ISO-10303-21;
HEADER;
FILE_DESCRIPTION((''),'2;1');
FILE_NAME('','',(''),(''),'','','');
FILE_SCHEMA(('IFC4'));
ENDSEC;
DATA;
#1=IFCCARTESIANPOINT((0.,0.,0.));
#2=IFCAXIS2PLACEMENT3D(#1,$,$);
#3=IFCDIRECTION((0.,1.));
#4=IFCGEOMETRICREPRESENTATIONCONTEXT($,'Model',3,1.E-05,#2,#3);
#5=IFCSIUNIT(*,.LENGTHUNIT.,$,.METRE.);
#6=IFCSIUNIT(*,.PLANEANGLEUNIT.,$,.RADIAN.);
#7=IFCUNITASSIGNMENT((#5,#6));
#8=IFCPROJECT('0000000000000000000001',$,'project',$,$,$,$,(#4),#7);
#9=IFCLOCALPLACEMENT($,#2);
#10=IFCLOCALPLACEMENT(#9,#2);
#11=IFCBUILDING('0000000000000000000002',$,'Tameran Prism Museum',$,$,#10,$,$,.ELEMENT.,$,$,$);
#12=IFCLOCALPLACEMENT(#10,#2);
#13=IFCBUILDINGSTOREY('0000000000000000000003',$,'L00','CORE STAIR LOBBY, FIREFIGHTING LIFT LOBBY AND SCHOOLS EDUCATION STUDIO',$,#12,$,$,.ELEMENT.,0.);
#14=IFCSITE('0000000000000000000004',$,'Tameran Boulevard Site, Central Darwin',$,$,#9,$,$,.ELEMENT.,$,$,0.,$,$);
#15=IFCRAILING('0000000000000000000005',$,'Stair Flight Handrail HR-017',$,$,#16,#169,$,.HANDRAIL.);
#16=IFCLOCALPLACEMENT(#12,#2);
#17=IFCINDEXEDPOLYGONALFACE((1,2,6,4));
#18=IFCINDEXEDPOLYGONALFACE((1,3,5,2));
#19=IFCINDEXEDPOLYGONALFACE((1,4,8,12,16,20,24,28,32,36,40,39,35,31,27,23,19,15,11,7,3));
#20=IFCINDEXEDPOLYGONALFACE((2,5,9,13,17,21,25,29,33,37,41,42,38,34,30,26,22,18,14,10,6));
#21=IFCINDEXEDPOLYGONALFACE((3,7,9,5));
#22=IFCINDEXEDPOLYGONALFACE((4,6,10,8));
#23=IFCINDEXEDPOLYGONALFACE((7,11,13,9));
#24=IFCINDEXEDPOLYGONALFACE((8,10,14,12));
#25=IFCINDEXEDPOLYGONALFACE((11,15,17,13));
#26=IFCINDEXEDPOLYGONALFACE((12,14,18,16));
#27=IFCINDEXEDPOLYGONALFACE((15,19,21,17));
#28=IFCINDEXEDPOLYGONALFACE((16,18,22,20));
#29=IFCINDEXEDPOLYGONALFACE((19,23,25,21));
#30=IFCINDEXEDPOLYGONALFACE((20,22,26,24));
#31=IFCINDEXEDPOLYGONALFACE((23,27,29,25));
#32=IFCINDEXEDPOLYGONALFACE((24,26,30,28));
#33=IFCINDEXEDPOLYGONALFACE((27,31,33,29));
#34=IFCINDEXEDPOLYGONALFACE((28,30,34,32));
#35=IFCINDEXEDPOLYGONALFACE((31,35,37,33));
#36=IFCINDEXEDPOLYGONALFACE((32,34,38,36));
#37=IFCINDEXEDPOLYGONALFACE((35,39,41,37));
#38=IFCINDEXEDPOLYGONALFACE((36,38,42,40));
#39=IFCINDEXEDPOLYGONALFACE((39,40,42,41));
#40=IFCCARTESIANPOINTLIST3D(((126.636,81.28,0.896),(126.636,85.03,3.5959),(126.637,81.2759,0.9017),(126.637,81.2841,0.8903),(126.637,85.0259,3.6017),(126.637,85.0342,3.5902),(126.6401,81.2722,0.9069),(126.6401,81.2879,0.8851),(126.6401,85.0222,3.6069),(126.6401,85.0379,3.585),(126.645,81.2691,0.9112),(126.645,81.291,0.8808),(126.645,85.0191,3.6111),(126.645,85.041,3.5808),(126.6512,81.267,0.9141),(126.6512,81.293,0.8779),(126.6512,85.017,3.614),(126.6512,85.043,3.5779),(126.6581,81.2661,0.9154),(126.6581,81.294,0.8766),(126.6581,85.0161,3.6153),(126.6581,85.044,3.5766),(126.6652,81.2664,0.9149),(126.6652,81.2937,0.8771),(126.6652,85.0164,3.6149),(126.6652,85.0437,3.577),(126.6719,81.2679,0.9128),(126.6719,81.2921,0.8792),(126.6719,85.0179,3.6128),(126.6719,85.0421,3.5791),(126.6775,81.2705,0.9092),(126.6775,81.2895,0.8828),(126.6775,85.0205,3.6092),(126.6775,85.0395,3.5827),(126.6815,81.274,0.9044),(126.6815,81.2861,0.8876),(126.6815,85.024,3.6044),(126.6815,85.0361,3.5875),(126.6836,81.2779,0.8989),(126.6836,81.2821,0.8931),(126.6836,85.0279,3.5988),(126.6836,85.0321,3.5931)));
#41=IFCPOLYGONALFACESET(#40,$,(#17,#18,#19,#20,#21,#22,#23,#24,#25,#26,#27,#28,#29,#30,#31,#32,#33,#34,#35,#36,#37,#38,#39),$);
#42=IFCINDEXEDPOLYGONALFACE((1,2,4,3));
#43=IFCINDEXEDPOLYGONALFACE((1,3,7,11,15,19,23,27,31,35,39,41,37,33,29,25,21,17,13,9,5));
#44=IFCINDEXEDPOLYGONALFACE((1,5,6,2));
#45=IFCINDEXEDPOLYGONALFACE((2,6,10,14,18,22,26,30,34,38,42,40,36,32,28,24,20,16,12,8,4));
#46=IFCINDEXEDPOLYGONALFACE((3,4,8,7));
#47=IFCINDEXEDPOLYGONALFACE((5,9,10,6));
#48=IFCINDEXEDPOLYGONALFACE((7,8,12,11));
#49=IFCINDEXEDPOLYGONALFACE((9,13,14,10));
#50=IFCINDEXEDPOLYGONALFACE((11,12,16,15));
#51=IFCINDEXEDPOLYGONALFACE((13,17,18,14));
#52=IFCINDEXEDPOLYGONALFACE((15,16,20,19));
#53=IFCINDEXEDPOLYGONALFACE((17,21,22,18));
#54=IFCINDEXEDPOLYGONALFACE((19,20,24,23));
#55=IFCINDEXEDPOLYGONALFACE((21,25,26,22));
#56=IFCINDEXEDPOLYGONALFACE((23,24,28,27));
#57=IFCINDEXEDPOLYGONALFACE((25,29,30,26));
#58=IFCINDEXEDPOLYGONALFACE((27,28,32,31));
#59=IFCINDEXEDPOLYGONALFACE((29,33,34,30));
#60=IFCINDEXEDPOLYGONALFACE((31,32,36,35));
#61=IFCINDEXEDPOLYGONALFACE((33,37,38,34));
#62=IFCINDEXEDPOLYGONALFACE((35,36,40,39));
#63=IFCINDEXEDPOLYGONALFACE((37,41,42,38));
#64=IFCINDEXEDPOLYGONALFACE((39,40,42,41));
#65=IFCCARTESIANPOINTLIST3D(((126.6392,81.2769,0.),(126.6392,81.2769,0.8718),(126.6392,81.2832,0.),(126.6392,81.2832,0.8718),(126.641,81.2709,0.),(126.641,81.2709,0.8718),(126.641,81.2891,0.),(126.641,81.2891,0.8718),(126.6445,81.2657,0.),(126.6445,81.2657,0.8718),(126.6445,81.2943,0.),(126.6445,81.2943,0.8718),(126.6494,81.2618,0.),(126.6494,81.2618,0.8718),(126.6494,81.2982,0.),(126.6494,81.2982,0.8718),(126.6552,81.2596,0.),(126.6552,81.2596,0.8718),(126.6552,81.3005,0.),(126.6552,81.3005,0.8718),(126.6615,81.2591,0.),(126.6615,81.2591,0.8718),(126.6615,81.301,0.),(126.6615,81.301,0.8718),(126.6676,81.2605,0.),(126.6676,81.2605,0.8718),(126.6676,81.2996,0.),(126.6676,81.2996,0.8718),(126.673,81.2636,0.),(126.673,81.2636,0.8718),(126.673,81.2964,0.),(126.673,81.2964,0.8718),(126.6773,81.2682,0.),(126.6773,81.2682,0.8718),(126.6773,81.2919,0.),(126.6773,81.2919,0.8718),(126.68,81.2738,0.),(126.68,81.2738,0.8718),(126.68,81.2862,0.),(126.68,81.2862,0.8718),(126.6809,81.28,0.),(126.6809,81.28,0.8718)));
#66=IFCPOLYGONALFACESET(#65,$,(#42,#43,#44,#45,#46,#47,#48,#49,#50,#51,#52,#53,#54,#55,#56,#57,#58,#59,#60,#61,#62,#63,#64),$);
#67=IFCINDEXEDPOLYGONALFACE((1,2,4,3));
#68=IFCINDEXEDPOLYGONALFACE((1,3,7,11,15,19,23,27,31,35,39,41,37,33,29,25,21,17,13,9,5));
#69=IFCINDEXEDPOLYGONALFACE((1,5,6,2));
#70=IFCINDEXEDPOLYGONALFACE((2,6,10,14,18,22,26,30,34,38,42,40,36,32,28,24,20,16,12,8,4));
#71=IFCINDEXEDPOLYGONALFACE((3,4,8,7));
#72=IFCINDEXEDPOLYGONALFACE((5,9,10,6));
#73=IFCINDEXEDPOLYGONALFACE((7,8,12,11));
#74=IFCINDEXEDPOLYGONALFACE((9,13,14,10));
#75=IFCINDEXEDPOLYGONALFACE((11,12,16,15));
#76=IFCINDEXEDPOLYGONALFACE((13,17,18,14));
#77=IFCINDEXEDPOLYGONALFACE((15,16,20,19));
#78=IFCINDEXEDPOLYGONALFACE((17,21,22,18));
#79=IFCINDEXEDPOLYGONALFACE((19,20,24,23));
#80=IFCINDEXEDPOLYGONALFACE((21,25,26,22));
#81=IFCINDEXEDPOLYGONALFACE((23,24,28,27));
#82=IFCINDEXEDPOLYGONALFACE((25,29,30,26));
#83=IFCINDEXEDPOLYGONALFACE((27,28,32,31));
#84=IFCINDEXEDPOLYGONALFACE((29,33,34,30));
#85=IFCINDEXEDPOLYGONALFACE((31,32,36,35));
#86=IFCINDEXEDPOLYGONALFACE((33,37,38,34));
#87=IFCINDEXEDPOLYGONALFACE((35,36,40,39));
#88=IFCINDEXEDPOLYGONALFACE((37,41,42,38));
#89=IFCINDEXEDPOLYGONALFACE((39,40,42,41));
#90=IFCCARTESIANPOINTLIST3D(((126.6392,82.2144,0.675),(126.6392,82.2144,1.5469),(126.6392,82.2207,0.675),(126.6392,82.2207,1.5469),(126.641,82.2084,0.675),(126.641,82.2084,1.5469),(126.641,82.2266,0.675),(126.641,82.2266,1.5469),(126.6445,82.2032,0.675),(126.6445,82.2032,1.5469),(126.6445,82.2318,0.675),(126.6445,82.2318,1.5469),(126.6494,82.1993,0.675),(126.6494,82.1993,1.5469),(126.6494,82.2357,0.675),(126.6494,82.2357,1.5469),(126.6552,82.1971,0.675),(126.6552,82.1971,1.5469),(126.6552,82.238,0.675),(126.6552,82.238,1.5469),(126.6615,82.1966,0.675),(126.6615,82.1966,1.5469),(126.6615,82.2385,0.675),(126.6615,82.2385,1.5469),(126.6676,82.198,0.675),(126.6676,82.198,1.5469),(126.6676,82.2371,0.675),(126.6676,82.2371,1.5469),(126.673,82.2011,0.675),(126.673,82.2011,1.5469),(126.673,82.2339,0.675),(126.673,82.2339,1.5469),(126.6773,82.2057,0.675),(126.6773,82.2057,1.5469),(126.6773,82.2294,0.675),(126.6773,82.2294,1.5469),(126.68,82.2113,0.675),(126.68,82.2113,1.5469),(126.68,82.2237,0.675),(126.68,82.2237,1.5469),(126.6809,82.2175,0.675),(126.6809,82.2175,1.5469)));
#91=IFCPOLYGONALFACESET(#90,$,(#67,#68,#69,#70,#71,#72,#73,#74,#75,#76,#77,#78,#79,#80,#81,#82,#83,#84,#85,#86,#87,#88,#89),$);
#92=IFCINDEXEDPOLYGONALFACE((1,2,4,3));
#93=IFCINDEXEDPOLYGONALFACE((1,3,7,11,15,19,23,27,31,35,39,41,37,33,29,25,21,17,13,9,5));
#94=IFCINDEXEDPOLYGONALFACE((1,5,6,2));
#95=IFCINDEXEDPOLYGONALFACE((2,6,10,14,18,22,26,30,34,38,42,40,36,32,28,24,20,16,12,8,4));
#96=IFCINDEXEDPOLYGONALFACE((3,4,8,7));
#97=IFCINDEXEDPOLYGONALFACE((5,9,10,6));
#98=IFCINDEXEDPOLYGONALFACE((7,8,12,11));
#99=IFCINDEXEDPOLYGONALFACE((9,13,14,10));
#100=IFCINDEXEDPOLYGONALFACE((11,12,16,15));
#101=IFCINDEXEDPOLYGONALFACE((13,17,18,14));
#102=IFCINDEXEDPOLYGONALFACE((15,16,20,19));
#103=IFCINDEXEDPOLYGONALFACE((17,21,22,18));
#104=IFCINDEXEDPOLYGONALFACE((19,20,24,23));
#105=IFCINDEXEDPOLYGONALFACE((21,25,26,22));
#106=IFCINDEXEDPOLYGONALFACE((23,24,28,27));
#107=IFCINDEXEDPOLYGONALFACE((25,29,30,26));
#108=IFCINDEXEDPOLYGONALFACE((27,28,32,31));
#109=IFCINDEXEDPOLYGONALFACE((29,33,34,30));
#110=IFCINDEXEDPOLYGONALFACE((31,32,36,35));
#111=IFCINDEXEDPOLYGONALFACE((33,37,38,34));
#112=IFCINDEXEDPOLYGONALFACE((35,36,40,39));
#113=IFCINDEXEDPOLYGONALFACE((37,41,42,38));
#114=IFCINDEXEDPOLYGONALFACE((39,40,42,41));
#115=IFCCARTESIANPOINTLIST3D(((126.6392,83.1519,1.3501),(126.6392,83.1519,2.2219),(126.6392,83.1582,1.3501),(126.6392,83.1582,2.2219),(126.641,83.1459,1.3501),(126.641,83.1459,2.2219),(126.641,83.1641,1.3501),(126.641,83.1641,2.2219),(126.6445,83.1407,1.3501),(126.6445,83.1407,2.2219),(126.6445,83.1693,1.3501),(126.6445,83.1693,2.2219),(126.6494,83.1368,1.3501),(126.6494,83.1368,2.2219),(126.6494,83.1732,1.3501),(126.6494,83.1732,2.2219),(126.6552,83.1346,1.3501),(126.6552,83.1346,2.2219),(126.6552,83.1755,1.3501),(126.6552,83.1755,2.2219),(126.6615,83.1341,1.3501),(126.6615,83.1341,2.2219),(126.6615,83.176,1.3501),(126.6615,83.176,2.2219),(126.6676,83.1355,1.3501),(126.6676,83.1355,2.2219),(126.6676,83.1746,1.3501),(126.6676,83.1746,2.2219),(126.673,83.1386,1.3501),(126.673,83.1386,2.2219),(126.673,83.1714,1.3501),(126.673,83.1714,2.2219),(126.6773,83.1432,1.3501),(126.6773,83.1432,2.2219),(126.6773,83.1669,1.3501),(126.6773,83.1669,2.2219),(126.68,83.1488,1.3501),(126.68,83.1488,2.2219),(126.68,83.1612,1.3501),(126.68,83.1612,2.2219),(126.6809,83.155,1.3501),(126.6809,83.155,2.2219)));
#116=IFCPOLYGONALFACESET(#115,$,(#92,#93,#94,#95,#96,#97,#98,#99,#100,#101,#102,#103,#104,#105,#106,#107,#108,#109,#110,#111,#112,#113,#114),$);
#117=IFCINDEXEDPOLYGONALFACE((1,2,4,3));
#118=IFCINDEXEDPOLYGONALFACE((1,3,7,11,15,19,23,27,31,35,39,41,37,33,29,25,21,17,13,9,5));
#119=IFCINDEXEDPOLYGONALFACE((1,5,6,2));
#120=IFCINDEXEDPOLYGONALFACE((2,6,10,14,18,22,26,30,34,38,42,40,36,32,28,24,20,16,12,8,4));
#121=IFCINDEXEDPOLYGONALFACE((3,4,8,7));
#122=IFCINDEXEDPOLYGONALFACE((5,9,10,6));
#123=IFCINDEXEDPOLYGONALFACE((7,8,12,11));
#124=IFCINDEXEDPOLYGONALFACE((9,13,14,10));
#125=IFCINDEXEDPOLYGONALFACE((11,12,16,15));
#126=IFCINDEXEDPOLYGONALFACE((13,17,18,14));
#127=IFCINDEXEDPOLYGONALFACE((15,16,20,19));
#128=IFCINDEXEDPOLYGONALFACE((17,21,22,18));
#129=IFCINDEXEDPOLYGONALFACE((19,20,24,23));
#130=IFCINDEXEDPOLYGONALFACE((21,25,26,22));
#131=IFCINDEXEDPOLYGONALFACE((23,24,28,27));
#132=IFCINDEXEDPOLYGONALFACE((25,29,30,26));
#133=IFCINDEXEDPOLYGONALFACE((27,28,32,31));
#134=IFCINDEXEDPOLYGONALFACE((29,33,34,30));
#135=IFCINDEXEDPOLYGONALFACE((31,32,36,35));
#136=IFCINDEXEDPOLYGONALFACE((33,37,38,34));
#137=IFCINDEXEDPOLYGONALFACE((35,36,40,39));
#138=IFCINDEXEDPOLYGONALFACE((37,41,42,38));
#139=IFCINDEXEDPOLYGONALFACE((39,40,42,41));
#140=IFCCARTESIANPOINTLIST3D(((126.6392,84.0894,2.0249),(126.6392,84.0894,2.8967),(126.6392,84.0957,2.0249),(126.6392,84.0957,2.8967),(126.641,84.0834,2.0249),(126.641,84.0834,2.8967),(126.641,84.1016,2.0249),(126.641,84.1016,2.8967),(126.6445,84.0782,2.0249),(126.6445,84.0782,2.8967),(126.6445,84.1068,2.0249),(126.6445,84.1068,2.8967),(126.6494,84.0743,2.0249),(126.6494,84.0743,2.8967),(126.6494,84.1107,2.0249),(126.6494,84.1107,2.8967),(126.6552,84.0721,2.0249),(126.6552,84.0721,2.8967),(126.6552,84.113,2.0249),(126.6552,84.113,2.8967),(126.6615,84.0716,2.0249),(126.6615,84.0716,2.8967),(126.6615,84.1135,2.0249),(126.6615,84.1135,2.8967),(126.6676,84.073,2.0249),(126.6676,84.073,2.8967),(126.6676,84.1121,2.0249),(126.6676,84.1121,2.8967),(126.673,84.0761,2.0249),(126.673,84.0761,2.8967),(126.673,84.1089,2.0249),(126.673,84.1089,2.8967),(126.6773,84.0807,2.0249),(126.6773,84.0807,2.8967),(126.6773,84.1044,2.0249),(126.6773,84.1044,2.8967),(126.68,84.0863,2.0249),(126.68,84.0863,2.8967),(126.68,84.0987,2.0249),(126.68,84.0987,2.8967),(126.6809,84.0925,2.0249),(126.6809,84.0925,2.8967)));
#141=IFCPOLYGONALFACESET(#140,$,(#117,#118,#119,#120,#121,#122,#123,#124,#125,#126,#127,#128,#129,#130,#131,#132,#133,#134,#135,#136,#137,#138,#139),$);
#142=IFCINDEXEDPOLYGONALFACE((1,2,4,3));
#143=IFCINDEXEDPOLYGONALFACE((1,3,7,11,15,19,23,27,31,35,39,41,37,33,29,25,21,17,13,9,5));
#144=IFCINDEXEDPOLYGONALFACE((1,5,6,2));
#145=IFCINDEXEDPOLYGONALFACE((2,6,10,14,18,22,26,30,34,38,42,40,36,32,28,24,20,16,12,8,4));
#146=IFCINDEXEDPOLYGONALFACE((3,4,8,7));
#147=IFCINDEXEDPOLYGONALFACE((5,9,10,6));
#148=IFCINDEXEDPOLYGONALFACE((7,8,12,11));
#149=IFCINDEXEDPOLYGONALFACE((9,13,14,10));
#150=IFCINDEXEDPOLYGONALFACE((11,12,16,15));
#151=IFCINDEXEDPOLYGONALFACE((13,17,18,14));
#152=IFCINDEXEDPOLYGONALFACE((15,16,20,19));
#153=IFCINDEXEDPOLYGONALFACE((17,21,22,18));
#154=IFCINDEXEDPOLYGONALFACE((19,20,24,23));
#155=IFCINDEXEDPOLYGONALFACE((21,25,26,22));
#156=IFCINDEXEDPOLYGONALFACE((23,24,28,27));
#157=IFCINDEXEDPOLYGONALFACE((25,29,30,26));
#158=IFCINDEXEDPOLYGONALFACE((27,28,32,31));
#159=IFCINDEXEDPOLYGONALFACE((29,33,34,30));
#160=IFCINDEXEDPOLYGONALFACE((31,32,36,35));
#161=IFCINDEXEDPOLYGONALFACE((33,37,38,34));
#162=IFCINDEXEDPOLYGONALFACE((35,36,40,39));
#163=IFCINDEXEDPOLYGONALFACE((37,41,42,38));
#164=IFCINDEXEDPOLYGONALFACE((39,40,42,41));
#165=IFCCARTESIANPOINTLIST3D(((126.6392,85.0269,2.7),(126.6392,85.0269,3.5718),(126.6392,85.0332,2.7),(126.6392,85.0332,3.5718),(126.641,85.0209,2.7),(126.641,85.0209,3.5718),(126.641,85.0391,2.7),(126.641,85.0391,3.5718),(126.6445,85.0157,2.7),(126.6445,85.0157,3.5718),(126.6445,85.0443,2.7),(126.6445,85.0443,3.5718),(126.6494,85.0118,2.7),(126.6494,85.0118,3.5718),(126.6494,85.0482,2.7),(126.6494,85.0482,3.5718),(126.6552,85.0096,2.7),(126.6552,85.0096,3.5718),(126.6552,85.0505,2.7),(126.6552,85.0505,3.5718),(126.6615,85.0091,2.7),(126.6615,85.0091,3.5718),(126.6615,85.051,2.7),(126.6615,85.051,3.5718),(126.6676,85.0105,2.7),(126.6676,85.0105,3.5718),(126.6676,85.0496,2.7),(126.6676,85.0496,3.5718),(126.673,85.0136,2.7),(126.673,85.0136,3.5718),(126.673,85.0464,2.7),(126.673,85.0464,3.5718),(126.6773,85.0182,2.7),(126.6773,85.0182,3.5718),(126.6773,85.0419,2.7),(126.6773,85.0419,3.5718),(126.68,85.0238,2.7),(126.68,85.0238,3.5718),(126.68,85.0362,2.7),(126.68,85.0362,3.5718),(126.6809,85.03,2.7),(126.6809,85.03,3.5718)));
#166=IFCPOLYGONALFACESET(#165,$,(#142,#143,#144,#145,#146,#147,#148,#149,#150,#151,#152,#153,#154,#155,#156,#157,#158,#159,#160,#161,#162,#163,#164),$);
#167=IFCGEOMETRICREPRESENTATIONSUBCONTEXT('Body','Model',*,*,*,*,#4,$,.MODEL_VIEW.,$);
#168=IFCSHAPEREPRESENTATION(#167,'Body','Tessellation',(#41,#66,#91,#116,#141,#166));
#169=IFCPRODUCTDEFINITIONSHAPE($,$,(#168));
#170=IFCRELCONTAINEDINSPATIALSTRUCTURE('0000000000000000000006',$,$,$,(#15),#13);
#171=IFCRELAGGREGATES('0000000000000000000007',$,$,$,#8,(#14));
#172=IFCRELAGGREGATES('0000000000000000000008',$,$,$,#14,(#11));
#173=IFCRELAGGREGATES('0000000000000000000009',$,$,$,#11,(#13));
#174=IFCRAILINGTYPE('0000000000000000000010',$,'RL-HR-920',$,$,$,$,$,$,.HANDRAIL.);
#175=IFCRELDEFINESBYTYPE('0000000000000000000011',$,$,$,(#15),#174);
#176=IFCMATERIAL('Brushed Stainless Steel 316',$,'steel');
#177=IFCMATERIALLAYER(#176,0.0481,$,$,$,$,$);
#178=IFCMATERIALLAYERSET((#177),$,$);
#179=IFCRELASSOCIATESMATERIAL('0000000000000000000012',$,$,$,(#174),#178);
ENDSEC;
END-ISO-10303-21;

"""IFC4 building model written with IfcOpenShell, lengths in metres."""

from ifc_helpers import new_model, si_unit, direction, frame, origin, origin_2d, place, context, subcontext, project, spatial, circle, extrude, material, layer, layer_set, type_object, element, save


model = new_model("IFC4")

# Units and contexts
model_context = context("Model", 3, precision=1e-05, world=origin(), true_north=direction((0.0, 1.0)))
body_context = subcontext(model_context, "Body", "Model", "MODEL_VIEW")
ifc_project = project(units=[si_unit("LENGTHUNIT", "METRE"), si_unit("PLANEANGLEUNIT", "RADIAN")], contexts=[model_context])

# Site, building, storey
site_placement = place(None, origin())
site = spatial("IfcSite", under=ifc_project, at=site_placement, Name="Tameran Boulevard Site, Central Darwin", CompositionType="ELEMENT", RefElevation=0.0)
building_placement = place(site_placement, origin())
building = spatial("IfcBuilding", under=site, at=building_placement, Name="Tameran Prism Museum", CompositionType="ELEMENT")
storey_placement = place(building_placement, origin())
storey = spatial("IfcBuildingStorey", under=building, at=storey_placement, Name="L00", Description="CORE STAIR LOBBY, FIREFIGHTING LIFT LOBBY AND SCHOOLS EDUCATION STUDIO", CompositionType="ELEMENT", Elevation=0.0)

# Railing
ifc_material_1 = material(Name="Brushed Stainless Steel 316", Category="steel")
ifc_layer_1 = layer(ifc_material_1, 0.0481)
ifc_layer_set_1 = layer_set([ifc_layer_1])
railing_type_1 = type_object("IfcRailingType", Name="RL-HR-920", PredefinedType="HANDRAIL", material=ifc_layer_set_1)
railing_1_placement = place(storey_placement, frame((126.6599, 81.28, 0.0)))
element("IfcRailing", 1, at=railing_1_placement, inside=storey, type_object=railing_type_1, Name="Stair Flight Handrail HR-017", PredefinedType="HANDRAIL", context=body_context, shape_type="SweptSolid", body=[
    extrude(circle(Radius=0.0239, at=origin_2d()), frame((0.0, 0.0, 0.896), z_axis=(0.0, 0.811539, 0.584298), x_axis=(-1.0, 0.0, 0.0)), (0.0, 0.0, 1.0), 4.6208),
    extrude(circle(Radius=0.021, at=origin_2d()), origin(), (0.0, 0.0, 1.0), 0.8718),
    extrude(circle(Radius=0.021, at=origin_2d()), frame((0.0, 0.9375, 0.675)), (0.0, 0.0, 1.0), 0.8718),
    extrude(circle(Radius=0.021, at=origin_2d()), frame((0.0, 1.875, 1.3501)), (0.0, 0.0, 1.0), 0.8718),
    extrude(circle(Radius=0.021, at=origin_2d()), frame((0.0, 2.8125, 2.0249)), (0.0, 0.0, 1.0), 0.8718),
    extrude(circle(Radius=0.021, at=origin_2d()), frame((0.0, 3.75, 2.7)), (0.0, 0.0, 1.0), 0.8718),
])

save(model, "model.ifc")
